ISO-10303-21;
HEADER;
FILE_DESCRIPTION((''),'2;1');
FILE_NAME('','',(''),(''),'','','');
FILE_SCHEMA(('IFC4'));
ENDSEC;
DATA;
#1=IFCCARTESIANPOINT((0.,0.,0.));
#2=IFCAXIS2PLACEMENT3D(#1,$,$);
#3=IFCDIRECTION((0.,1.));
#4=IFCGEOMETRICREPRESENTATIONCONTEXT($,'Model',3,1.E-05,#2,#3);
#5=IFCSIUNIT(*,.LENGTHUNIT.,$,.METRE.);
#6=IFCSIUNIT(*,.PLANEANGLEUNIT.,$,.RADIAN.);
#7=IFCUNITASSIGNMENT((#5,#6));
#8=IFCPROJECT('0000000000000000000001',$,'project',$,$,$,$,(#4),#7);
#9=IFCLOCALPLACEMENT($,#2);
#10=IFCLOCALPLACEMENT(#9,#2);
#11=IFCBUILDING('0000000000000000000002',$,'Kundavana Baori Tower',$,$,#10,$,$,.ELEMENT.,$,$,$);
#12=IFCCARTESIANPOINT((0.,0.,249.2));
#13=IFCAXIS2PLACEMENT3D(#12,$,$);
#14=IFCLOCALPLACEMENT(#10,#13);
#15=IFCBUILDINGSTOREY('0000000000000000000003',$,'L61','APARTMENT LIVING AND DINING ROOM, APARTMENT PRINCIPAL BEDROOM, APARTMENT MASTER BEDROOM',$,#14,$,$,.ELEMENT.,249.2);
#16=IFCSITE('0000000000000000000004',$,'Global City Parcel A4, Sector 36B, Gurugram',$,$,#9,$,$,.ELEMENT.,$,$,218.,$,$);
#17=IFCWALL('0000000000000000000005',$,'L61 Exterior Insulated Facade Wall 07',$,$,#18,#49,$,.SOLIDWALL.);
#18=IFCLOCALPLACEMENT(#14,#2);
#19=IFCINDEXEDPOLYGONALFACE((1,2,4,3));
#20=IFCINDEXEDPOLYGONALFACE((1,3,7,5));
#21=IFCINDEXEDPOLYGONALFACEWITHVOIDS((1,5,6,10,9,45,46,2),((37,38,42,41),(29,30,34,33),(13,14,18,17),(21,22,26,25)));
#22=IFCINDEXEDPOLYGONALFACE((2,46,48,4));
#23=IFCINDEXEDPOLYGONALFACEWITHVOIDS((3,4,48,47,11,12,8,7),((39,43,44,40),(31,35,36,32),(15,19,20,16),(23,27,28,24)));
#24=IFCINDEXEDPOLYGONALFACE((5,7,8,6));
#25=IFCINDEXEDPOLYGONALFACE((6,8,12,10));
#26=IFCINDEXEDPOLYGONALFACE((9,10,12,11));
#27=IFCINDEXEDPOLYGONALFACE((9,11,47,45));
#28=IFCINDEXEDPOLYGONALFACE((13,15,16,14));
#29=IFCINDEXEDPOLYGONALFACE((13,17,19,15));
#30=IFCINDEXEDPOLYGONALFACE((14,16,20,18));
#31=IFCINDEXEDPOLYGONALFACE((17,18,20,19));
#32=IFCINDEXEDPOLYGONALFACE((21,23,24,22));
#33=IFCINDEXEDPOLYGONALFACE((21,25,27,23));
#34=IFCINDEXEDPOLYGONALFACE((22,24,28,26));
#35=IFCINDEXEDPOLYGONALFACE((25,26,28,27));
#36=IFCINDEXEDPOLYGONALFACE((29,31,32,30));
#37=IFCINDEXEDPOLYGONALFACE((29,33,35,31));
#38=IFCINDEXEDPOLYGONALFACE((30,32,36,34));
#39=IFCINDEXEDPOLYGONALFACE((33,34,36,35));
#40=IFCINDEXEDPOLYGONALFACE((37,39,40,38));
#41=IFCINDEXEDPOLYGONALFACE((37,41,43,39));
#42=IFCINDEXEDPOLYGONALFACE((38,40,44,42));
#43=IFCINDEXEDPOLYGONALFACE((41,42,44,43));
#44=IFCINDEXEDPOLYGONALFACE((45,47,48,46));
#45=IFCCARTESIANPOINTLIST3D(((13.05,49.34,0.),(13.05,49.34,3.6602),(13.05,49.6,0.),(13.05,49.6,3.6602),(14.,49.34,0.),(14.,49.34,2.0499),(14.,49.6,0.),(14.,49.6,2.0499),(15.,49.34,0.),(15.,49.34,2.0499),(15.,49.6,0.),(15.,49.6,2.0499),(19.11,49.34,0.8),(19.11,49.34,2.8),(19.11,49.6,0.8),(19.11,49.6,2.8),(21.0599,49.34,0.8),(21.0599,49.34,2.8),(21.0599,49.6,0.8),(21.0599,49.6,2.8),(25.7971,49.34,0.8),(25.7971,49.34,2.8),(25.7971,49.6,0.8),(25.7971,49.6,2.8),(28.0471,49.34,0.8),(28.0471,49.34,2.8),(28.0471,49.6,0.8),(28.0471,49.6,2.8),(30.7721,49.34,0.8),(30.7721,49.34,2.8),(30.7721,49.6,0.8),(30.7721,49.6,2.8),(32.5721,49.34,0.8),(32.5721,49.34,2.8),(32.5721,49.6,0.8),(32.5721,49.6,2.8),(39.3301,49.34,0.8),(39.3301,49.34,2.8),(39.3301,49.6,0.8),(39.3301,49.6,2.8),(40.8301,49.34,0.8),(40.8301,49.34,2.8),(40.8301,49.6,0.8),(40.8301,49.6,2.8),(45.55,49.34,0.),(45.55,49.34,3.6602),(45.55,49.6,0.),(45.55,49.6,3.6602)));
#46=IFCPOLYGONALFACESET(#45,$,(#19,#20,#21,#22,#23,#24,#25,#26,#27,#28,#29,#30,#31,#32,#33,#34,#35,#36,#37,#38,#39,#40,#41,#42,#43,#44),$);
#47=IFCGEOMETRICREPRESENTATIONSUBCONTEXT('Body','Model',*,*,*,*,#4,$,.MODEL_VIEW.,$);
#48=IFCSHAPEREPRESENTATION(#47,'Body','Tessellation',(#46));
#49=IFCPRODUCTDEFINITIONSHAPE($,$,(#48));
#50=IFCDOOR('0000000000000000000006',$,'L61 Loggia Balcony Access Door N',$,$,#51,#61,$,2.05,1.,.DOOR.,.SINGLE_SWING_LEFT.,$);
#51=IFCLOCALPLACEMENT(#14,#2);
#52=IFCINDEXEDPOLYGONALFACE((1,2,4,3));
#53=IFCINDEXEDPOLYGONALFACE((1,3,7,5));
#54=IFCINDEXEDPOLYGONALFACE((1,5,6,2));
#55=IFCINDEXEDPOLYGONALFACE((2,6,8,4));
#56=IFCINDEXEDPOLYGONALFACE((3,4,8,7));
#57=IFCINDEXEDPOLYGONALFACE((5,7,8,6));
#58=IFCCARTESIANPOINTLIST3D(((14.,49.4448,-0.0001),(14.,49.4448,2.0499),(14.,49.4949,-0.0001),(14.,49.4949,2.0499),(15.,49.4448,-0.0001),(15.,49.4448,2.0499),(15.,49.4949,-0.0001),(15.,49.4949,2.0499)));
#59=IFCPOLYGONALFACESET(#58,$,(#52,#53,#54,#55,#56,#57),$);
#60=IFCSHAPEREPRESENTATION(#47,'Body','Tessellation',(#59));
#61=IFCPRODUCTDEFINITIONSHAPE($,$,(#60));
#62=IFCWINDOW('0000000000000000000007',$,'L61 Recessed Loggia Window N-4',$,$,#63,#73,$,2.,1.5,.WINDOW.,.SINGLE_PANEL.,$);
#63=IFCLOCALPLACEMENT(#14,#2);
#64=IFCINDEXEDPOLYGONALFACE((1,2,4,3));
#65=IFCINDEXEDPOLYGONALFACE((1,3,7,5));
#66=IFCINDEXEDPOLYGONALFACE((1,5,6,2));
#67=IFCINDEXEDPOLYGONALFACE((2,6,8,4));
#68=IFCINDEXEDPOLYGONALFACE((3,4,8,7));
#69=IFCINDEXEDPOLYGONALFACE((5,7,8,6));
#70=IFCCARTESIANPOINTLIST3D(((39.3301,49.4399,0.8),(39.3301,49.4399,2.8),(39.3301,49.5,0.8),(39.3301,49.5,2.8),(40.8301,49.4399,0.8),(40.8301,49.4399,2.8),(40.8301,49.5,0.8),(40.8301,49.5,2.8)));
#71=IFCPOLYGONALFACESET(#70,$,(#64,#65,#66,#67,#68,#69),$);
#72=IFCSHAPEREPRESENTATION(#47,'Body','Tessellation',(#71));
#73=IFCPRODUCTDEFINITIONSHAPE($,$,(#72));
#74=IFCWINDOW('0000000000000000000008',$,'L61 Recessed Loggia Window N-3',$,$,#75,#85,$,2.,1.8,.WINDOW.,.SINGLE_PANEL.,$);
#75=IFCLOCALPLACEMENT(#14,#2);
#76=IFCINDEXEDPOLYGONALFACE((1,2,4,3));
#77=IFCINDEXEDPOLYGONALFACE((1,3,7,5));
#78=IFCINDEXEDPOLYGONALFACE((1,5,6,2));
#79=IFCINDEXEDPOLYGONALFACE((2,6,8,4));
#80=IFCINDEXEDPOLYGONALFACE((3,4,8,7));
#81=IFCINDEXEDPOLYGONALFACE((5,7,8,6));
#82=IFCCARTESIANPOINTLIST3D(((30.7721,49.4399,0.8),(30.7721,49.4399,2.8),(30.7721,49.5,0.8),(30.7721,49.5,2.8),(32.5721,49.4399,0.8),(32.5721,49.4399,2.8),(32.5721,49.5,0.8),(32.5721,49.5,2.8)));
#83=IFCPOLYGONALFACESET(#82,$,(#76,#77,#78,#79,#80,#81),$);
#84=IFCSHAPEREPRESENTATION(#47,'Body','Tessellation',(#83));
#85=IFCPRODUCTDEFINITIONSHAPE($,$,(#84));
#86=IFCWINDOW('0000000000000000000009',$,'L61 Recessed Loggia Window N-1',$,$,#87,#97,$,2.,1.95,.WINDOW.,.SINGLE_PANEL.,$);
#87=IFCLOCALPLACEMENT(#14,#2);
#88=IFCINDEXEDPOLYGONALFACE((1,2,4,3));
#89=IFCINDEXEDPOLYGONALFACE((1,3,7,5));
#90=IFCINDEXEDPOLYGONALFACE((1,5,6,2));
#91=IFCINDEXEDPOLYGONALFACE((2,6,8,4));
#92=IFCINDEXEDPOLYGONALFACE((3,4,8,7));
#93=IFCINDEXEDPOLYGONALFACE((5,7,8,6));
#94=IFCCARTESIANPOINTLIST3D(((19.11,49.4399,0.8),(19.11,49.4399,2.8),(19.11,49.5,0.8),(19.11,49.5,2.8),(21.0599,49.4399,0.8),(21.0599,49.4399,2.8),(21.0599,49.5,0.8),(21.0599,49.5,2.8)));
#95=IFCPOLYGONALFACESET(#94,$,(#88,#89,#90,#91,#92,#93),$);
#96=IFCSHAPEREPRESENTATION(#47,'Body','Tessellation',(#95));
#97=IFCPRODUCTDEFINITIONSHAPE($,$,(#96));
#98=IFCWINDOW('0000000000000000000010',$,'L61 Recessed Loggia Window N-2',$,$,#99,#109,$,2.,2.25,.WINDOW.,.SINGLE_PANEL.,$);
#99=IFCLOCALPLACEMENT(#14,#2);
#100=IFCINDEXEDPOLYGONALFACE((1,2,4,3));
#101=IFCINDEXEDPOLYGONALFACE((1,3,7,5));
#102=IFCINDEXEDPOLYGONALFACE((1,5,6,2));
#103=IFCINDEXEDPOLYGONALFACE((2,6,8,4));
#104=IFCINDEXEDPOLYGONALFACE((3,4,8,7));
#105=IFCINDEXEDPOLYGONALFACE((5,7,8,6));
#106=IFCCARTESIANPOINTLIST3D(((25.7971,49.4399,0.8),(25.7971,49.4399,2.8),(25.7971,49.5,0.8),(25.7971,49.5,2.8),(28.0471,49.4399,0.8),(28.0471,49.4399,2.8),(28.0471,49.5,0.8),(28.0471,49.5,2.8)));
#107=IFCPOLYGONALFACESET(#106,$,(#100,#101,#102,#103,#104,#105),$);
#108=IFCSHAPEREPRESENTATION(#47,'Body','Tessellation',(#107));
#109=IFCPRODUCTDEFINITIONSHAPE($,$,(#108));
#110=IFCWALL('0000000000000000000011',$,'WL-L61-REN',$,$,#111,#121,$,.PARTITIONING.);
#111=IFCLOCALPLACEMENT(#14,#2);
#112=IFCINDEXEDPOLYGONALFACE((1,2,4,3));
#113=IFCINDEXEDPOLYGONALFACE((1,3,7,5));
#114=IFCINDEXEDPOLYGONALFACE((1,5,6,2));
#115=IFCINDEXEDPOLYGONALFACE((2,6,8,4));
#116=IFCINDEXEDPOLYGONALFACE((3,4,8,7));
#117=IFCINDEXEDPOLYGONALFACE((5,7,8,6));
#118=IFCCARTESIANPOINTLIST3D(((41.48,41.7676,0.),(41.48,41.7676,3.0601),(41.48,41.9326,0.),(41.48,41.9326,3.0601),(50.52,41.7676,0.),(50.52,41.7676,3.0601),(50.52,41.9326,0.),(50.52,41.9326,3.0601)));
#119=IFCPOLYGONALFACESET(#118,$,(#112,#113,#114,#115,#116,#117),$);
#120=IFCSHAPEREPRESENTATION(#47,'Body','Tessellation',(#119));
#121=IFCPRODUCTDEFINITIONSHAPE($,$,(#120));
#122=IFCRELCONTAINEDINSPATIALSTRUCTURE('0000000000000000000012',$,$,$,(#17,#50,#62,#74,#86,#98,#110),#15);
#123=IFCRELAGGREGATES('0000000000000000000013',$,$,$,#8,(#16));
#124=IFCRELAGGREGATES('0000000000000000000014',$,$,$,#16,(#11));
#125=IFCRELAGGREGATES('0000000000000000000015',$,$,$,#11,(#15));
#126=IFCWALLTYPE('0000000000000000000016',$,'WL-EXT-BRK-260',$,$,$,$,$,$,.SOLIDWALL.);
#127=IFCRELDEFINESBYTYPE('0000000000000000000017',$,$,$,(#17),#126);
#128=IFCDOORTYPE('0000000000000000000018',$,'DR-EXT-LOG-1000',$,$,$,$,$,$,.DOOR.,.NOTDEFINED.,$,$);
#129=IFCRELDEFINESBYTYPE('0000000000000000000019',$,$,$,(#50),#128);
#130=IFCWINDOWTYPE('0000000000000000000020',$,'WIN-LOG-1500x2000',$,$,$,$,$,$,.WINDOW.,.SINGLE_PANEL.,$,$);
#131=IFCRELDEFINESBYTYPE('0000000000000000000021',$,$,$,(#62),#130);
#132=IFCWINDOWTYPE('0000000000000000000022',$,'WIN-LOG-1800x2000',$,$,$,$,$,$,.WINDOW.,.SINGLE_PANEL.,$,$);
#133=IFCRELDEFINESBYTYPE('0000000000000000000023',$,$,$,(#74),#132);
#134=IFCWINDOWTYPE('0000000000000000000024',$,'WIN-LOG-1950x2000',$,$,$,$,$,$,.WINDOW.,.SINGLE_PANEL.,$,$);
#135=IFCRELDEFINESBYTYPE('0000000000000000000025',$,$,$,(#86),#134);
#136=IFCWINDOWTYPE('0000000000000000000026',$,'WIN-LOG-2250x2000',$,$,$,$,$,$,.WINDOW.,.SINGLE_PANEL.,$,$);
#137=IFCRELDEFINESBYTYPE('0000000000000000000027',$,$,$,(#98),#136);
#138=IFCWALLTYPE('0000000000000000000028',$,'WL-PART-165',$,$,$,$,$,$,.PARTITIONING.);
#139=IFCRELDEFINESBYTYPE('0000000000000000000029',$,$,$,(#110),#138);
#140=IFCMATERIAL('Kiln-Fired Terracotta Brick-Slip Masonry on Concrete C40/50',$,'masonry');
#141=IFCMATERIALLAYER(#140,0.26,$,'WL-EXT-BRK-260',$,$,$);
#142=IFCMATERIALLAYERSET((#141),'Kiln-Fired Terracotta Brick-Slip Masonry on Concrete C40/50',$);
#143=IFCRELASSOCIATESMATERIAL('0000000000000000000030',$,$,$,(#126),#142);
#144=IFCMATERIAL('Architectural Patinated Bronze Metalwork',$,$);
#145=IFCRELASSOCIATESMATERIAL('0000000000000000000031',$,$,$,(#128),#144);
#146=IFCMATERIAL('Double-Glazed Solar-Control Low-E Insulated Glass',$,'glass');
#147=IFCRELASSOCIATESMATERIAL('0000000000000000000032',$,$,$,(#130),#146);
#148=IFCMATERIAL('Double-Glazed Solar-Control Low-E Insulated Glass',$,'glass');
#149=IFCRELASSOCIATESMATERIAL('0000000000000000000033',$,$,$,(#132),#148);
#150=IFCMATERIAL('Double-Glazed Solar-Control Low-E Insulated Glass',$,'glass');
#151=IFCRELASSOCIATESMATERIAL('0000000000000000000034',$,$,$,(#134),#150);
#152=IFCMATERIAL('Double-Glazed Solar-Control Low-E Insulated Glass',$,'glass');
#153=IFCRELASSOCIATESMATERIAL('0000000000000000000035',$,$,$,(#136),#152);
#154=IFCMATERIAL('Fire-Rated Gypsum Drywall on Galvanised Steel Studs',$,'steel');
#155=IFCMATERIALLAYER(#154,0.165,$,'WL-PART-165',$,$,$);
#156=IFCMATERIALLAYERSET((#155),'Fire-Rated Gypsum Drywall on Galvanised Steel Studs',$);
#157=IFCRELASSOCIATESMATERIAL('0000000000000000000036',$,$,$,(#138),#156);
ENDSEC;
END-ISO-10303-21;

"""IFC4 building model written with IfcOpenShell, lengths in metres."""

from ifc_helpers import new_model, si_unit, direction, frame, frame_2d, origin, place, context, subcontext, project, spatial, rectangle, extrude, material, layer, layer_set, type_object, element, fill, save


model = new_model("IFC4")

# Units and contexts
model_context = context("Model", 3, precision=1e-05, world=origin(), true_north=direction((0.0, 1.0)))
body_context = subcontext(model_context, "Body", "Model", "MODEL_VIEW")
ifc_project = project(units=[si_unit("LENGTHUNIT", "METRE"), si_unit("PLANEANGLEUNIT", "RADIAN")], contexts=[model_context])

# Site, building, storey
site_placement = place(None, origin())
site = spatial("IfcSite", under=ifc_project, at=site_placement, Name="Global City Parcel A4, Sector 36B, Gurugram", CompositionType="ELEMENT", RefElevation=218.0)
building_placement = place(site_placement, origin())
building = spatial("IfcBuilding", under=site, at=building_placement, Name="Kundavana Baori Tower", CompositionType="ELEMENT")
storey_placement = place(building_placement, frame((0.0, 0.0, 249.2)))
storey = spatial("IfcBuildingStorey", under=building, at=storey_placement, Name="L61", Description="APARTMENT LIVING AND DINING ROOM, APARTMENT PRINCIPAL BEDROOM, APARTMENT MASTER BEDROOM", CompositionType="ELEMENT", Elevation=249.2)

# Shared definitions
ifc_material_1 = material(Name="Kiln-Fired Terracotta Brick-Slip Masonry on Concrete C40/50", Category="masonry")
ifc_layer_1 = layer(ifc_material_1, 0.26, Name="WL-EXT-BRK-260")
ifc_layer_set_1 = layer_set([ifc_layer_1], Name="Kiln-Fired Terracotta Brick-Slip Masonry on Concrete C40/50")
wall_type_1 = type_object("IfcWallType", Name="WL-EXT-BRK-260", PredefinedType="SOLIDWALL", material=ifc_layer_set_1)

# Wall, openings, door, windows
wall_1_placement = place(storey_placement, frame((45.55, 49.47, 0.0), z_axis=(0.0, 0.0, 1.0), x_axis=(-1.0, 0.0, 0.0)))
wall_1 = element("IfcWall", 1, at=wall_1_placement, inside=storey, type_object=wall_type_1, Name="L61 Exterior Insulated Facade Wall 07", PredefinedType="SOLIDWALL", context=body_context, shape_type="SweptSolid", body=[
    extrude(rectangle(XDim=32.5, YDim=0.26, at=frame_2d((16.25, 0.0))), origin(), (0.0, 0.0, 1.0), 3.6602),
])
opening_1_placement = place(wall_1_placement, frame((30.55, 0.0, 0.0)))
opening_1 = element("IfcOpeningElement", 2, at=opening_1_placement, cuts=wall_1, PredefinedType="OPENING", context=body_context, shape_type="SweptSolid", body=[
    extrude(rectangle(XDim=1.0, YDim=2.05, at=frame_2d((0.5, 1.0249))), frame((0.0, 0.1401, 0.0), z_axis=(0.0, -1.0, 0.0), x_axis=(1.0, 0.0, 0.0)), (0.0, 0.0, 1.0), 0.28),
])
opening_2_placement = place(wall_1_placement, frame((24.49, 0.0, 0.8)))
opening_2 = element("IfcOpeningElement", 3, at=opening_2_placement, cuts=wall_1, PredefinedType="OPENING", context=body_context, shape_type="SweptSolid", body=[
    extrude(rectangle(XDim=1.95, YDim=2.0, at=frame_2d((0.9751, 1.0))), frame((0.0, 0.1401, 0.0), z_axis=(0.0, -1.0, 0.0), x_axis=(1.0, 0.0, 0.0)), (0.0, 0.0, 1.0), 0.28),
])
opening_3_placement = place(wall_1_placement, frame((17.5029, 0.0, 0.8)))
opening_3 = element("IfcOpeningElement", 4, at=opening_3_placement, cuts=wall_1, PredefinedType="OPENING", context=body_context, shape_type="SweptSolid", body=[
    extrude(rectangle(XDim=2.25, YDim=2.0, at=frame_2d((1.125, 1.0))), frame((0.0, 0.1401, 0.0), z_axis=(0.0, -1.0, 0.0), x_axis=(1.0, 0.0, 0.0)), (0.0, 0.0, 1.0), 0.28),
])
opening_4_placement = place(wall_1_placement, frame((12.978, 0.0, 0.8)))
opening_4 = element("IfcOpeningElement", 5, at=opening_4_placement, cuts=wall_1, PredefinedType="OPENING", context=body_context, shape_type="SweptSolid", body=[
    extrude(rectangle(XDim=1.8, YDim=2.0, at=frame_2d((0.8999, 1.0))), frame((0.0, 0.1401, 0.0), z_axis=(0.0, -1.0, 0.0), x_axis=(1.0, 0.0, 0.0)), (0.0, 0.0, 1.0), 0.28),
])
opening_5_placement = place(wall_1_placement, frame((4.72, 0.0, 0.8)))
opening_5 = element("IfcOpeningElement", 6, at=opening_5_placement, cuts=wall_1, PredefinedType="OPENING", context=body_context, shape_type="SweptSolid", body=[
    extrude(rectangle(XDim=1.5, YDim=2.0, at=frame_2d((0.75, 1.0))), frame((0.0, 0.1401, 0.0), z_axis=(0.0, -1.0, 0.0), x_axis=(1.0, 0.0, 0.0)), (0.0, 0.0, 1.0), 0.28),
])
ifc_material_2 = material(Name="Architectural Patinated Bronze Metalwork")
door_type_1 = type_object("IfcDoorType", Name="DR-EXT-LOG-1000", OperationType="NOTDEFINED", PredefinedType="DOOR", material=ifc_material_2)
door_1_placement = place(opening_1_placement, frame((1.0, 0.0, 0.0), z_axis=(0.0, 0.0, 1.0), x_axis=(-1.0, 0.0, 0.0)))
door_1 = element("IfcDoor", 7, at=door_1_placement, inside=storey, type_object=door_type_1, Name="L61 Loggia Balcony Access Door N", OperationType="SINGLE_SWING_LEFT", OverallHeight=2.05, OverallWidth=1.0, PredefinedType="DOOR", context=body_context, shape_type="SweptSolid", body=[
    extrude(rectangle(XDim=1.0, YDim=2.05, at=frame_2d((0.5, 1.0249))), frame((0.0, 0.0249, 0.0), z_axis=(0.0, -1.0, 0.0), x_axis=(1.0, 0.0, 0.0)), (0.0, 0.0, 1.0), 0.05),
])
fill(opening_1, door_1)
ifc_material_3 = material(Name="Double-Glazed Solar-Control Low-E Insulated Glass", Category="glass")
window_type_1 = type_object("IfcWindowType", Name="WIN-LOG-1500x2000", PartitioningType="SINGLE_PANEL", PredefinedType="WINDOW", material=ifc_material_3)
window_1_placement = place(opening_5_placement, origin())
window_1 = element("IfcWindow", 8, at=window_1_placement, inside=storey, type_object=window_type_1, Name="L61 Recessed Loggia Window N-4", OverallHeight=2.0, OverallWidth=1.5, PartitioningType="SINGLE_PANEL", PredefinedType="WINDOW", context=body_context, shape_type="SweptSolid", body=[
    extrude(rectangle(XDim=1.5, YDim=2.0, at=frame_2d((0.75, 1.0))), frame((0.0, 0.03, 0.0), z_axis=(0.0, -1.0, 0.0), x_axis=(1.0, 0.0, 0.0)), (0.0, 0.0, 1.0), 0.0601),
])
fill(opening_5, window_1)
ifc_material_4 = material(Name="Double-Glazed Solar-Control Low-E Insulated Glass", Category="glass")
window_type_2 = type_object("IfcWindowType", Name="WIN-LOG-1800x2000", PartitioningType="SINGLE_PANEL", PredefinedType="WINDOW", material=ifc_material_4)
window_2_placement = place(opening_4_placement, origin())
window_2 = element("IfcWindow", 9, at=window_2_placement, inside=storey, type_object=window_type_2, Name="L61 Recessed Loggia Window N-3", OverallHeight=2.0, OverallWidth=1.8, PartitioningType="SINGLE_PANEL", PredefinedType="WINDOW", context=body_context, shape_type="SweptSolid", body=[
    extrude(rectangle(XDim=1.8, YDim=2.0, at=frame_2d((0.8999, 1.0))), frame((0.0, 0.03, 0.0), z_axis=(0.0, -1.0, 0.0), x_axis=(1.0, 0.0, 0.0)), (0.0, 0.0, 1.0), 0.0601),
])
fill(opening_4, window_2)
ifc_material_5 = material(Name="Double-Glazed Solar-Control Low-E Insulated Glass", Category="glass")
window_type_3 = type_object("IfcWindowType", Name="WIN-LOG-1950x2000", PartitioningType="SINGLE_PANEL", PredefinedType="WINDOW", material=ifc_material_5)
window_3_placement = place(opening_2_placement, origin())
window_3 = element("IfcWindow", 10, at=window_3_placement, inside=storey, type_object=window_type_3, Name="L61 Recessed Loggia Window N-1", OverallHeight=2.0, OverallWidth=1.95, PartitioningType="SINGLE_PANEL", PredefinedType="WINDOW", context=body_context, shape_type="SweptSolid", body=[
    extrude(rectangle(XDim=1.95, YDim=2.0, at=frame_2d((0.9751, 1.0))), frame((0.0, 0.03, 0.0), z_axis=(0.0, -1.0, 0.0), x_axis=(1.0, 0.0, 0.0)), (0.0, 0.0, 1.0), 0.0601),
])
fill(opening_2, window_3)
ifc_material_6 = material(Name="Double-Glazed Solar-Control Low-E Insulated Glass", Category="glass")
window_type_4 = type_object("IfcWindowType", Name="WIN-LOG-2250x2000", PartitioningType="SINGLE_PANEL", PredefinedType="WINDOW", material=ifc_material_6)
window_4_placement = place(opening_3_placement, origin())
window_4 = element("IfcWindow", 11, at=window_4_placement, inside=storey, type_object=window_type_4, Name="L61 Recessed Loggia Window N-2", OverallHeight=2.0, OverallWidth=2.25, PartitioningType="SINGLE_PANEL", PredefinedType="WINDOW", context=body_context, shape_type="SweptSolid", body=[
    extrude(rectangle(XDim=2.25, YDim=2.0, at=frame_2d((1.125, 1.0))), frame((0.0, 0.03, 0.0), z_axis=(0.0, -1.0, 0.0), x_axis=(1.0, 0.0, 0.0)), (0.0, 0.0, 1.0), 0.0601),
])
fill(opening_3, window_4)

# Wall
ifc_material_7 = material(Name="Fire-Rated Gypsum Drywall on Galvanised Steel Studs", Category="steel")
ifc_layer_2 = layer(ifc_material_7, 0.165, Name="WL-PART-165")
ifc_layer_set_2 = layer_set([ifc_layer_2], Name="Fire-Rated Gypsum Drywall on Galvanised Steel Studs")
wall_type_2 = type_object("IfcWallType", Name="WL-PART-165", PredefinedType="PARTITIONING", material=ifc_layer_set_2)
wall_2_placement = place(storey_placement, frame((41.48, 41.8501, 0.0), z_axis=(0.0, 0.0, 1.0), x_axis=(1.0, 0.0, 0.0)))
element("IfcWall", 12, at=wall_2_placement, inside=storey, type_object=wall_type_2, Name="WL-L61-REN", PredefinedType="PARTITIONING", context=body_context, shape_type="SweptSolid", body=[
    extrude(rectangle(XDim=9.04, YDim=0.165, at=frame_2d((4.52, 0.0))), origin(), (0.0, 0.0, 1.0), 3.0601),
])

save(model, "model.ifc")
